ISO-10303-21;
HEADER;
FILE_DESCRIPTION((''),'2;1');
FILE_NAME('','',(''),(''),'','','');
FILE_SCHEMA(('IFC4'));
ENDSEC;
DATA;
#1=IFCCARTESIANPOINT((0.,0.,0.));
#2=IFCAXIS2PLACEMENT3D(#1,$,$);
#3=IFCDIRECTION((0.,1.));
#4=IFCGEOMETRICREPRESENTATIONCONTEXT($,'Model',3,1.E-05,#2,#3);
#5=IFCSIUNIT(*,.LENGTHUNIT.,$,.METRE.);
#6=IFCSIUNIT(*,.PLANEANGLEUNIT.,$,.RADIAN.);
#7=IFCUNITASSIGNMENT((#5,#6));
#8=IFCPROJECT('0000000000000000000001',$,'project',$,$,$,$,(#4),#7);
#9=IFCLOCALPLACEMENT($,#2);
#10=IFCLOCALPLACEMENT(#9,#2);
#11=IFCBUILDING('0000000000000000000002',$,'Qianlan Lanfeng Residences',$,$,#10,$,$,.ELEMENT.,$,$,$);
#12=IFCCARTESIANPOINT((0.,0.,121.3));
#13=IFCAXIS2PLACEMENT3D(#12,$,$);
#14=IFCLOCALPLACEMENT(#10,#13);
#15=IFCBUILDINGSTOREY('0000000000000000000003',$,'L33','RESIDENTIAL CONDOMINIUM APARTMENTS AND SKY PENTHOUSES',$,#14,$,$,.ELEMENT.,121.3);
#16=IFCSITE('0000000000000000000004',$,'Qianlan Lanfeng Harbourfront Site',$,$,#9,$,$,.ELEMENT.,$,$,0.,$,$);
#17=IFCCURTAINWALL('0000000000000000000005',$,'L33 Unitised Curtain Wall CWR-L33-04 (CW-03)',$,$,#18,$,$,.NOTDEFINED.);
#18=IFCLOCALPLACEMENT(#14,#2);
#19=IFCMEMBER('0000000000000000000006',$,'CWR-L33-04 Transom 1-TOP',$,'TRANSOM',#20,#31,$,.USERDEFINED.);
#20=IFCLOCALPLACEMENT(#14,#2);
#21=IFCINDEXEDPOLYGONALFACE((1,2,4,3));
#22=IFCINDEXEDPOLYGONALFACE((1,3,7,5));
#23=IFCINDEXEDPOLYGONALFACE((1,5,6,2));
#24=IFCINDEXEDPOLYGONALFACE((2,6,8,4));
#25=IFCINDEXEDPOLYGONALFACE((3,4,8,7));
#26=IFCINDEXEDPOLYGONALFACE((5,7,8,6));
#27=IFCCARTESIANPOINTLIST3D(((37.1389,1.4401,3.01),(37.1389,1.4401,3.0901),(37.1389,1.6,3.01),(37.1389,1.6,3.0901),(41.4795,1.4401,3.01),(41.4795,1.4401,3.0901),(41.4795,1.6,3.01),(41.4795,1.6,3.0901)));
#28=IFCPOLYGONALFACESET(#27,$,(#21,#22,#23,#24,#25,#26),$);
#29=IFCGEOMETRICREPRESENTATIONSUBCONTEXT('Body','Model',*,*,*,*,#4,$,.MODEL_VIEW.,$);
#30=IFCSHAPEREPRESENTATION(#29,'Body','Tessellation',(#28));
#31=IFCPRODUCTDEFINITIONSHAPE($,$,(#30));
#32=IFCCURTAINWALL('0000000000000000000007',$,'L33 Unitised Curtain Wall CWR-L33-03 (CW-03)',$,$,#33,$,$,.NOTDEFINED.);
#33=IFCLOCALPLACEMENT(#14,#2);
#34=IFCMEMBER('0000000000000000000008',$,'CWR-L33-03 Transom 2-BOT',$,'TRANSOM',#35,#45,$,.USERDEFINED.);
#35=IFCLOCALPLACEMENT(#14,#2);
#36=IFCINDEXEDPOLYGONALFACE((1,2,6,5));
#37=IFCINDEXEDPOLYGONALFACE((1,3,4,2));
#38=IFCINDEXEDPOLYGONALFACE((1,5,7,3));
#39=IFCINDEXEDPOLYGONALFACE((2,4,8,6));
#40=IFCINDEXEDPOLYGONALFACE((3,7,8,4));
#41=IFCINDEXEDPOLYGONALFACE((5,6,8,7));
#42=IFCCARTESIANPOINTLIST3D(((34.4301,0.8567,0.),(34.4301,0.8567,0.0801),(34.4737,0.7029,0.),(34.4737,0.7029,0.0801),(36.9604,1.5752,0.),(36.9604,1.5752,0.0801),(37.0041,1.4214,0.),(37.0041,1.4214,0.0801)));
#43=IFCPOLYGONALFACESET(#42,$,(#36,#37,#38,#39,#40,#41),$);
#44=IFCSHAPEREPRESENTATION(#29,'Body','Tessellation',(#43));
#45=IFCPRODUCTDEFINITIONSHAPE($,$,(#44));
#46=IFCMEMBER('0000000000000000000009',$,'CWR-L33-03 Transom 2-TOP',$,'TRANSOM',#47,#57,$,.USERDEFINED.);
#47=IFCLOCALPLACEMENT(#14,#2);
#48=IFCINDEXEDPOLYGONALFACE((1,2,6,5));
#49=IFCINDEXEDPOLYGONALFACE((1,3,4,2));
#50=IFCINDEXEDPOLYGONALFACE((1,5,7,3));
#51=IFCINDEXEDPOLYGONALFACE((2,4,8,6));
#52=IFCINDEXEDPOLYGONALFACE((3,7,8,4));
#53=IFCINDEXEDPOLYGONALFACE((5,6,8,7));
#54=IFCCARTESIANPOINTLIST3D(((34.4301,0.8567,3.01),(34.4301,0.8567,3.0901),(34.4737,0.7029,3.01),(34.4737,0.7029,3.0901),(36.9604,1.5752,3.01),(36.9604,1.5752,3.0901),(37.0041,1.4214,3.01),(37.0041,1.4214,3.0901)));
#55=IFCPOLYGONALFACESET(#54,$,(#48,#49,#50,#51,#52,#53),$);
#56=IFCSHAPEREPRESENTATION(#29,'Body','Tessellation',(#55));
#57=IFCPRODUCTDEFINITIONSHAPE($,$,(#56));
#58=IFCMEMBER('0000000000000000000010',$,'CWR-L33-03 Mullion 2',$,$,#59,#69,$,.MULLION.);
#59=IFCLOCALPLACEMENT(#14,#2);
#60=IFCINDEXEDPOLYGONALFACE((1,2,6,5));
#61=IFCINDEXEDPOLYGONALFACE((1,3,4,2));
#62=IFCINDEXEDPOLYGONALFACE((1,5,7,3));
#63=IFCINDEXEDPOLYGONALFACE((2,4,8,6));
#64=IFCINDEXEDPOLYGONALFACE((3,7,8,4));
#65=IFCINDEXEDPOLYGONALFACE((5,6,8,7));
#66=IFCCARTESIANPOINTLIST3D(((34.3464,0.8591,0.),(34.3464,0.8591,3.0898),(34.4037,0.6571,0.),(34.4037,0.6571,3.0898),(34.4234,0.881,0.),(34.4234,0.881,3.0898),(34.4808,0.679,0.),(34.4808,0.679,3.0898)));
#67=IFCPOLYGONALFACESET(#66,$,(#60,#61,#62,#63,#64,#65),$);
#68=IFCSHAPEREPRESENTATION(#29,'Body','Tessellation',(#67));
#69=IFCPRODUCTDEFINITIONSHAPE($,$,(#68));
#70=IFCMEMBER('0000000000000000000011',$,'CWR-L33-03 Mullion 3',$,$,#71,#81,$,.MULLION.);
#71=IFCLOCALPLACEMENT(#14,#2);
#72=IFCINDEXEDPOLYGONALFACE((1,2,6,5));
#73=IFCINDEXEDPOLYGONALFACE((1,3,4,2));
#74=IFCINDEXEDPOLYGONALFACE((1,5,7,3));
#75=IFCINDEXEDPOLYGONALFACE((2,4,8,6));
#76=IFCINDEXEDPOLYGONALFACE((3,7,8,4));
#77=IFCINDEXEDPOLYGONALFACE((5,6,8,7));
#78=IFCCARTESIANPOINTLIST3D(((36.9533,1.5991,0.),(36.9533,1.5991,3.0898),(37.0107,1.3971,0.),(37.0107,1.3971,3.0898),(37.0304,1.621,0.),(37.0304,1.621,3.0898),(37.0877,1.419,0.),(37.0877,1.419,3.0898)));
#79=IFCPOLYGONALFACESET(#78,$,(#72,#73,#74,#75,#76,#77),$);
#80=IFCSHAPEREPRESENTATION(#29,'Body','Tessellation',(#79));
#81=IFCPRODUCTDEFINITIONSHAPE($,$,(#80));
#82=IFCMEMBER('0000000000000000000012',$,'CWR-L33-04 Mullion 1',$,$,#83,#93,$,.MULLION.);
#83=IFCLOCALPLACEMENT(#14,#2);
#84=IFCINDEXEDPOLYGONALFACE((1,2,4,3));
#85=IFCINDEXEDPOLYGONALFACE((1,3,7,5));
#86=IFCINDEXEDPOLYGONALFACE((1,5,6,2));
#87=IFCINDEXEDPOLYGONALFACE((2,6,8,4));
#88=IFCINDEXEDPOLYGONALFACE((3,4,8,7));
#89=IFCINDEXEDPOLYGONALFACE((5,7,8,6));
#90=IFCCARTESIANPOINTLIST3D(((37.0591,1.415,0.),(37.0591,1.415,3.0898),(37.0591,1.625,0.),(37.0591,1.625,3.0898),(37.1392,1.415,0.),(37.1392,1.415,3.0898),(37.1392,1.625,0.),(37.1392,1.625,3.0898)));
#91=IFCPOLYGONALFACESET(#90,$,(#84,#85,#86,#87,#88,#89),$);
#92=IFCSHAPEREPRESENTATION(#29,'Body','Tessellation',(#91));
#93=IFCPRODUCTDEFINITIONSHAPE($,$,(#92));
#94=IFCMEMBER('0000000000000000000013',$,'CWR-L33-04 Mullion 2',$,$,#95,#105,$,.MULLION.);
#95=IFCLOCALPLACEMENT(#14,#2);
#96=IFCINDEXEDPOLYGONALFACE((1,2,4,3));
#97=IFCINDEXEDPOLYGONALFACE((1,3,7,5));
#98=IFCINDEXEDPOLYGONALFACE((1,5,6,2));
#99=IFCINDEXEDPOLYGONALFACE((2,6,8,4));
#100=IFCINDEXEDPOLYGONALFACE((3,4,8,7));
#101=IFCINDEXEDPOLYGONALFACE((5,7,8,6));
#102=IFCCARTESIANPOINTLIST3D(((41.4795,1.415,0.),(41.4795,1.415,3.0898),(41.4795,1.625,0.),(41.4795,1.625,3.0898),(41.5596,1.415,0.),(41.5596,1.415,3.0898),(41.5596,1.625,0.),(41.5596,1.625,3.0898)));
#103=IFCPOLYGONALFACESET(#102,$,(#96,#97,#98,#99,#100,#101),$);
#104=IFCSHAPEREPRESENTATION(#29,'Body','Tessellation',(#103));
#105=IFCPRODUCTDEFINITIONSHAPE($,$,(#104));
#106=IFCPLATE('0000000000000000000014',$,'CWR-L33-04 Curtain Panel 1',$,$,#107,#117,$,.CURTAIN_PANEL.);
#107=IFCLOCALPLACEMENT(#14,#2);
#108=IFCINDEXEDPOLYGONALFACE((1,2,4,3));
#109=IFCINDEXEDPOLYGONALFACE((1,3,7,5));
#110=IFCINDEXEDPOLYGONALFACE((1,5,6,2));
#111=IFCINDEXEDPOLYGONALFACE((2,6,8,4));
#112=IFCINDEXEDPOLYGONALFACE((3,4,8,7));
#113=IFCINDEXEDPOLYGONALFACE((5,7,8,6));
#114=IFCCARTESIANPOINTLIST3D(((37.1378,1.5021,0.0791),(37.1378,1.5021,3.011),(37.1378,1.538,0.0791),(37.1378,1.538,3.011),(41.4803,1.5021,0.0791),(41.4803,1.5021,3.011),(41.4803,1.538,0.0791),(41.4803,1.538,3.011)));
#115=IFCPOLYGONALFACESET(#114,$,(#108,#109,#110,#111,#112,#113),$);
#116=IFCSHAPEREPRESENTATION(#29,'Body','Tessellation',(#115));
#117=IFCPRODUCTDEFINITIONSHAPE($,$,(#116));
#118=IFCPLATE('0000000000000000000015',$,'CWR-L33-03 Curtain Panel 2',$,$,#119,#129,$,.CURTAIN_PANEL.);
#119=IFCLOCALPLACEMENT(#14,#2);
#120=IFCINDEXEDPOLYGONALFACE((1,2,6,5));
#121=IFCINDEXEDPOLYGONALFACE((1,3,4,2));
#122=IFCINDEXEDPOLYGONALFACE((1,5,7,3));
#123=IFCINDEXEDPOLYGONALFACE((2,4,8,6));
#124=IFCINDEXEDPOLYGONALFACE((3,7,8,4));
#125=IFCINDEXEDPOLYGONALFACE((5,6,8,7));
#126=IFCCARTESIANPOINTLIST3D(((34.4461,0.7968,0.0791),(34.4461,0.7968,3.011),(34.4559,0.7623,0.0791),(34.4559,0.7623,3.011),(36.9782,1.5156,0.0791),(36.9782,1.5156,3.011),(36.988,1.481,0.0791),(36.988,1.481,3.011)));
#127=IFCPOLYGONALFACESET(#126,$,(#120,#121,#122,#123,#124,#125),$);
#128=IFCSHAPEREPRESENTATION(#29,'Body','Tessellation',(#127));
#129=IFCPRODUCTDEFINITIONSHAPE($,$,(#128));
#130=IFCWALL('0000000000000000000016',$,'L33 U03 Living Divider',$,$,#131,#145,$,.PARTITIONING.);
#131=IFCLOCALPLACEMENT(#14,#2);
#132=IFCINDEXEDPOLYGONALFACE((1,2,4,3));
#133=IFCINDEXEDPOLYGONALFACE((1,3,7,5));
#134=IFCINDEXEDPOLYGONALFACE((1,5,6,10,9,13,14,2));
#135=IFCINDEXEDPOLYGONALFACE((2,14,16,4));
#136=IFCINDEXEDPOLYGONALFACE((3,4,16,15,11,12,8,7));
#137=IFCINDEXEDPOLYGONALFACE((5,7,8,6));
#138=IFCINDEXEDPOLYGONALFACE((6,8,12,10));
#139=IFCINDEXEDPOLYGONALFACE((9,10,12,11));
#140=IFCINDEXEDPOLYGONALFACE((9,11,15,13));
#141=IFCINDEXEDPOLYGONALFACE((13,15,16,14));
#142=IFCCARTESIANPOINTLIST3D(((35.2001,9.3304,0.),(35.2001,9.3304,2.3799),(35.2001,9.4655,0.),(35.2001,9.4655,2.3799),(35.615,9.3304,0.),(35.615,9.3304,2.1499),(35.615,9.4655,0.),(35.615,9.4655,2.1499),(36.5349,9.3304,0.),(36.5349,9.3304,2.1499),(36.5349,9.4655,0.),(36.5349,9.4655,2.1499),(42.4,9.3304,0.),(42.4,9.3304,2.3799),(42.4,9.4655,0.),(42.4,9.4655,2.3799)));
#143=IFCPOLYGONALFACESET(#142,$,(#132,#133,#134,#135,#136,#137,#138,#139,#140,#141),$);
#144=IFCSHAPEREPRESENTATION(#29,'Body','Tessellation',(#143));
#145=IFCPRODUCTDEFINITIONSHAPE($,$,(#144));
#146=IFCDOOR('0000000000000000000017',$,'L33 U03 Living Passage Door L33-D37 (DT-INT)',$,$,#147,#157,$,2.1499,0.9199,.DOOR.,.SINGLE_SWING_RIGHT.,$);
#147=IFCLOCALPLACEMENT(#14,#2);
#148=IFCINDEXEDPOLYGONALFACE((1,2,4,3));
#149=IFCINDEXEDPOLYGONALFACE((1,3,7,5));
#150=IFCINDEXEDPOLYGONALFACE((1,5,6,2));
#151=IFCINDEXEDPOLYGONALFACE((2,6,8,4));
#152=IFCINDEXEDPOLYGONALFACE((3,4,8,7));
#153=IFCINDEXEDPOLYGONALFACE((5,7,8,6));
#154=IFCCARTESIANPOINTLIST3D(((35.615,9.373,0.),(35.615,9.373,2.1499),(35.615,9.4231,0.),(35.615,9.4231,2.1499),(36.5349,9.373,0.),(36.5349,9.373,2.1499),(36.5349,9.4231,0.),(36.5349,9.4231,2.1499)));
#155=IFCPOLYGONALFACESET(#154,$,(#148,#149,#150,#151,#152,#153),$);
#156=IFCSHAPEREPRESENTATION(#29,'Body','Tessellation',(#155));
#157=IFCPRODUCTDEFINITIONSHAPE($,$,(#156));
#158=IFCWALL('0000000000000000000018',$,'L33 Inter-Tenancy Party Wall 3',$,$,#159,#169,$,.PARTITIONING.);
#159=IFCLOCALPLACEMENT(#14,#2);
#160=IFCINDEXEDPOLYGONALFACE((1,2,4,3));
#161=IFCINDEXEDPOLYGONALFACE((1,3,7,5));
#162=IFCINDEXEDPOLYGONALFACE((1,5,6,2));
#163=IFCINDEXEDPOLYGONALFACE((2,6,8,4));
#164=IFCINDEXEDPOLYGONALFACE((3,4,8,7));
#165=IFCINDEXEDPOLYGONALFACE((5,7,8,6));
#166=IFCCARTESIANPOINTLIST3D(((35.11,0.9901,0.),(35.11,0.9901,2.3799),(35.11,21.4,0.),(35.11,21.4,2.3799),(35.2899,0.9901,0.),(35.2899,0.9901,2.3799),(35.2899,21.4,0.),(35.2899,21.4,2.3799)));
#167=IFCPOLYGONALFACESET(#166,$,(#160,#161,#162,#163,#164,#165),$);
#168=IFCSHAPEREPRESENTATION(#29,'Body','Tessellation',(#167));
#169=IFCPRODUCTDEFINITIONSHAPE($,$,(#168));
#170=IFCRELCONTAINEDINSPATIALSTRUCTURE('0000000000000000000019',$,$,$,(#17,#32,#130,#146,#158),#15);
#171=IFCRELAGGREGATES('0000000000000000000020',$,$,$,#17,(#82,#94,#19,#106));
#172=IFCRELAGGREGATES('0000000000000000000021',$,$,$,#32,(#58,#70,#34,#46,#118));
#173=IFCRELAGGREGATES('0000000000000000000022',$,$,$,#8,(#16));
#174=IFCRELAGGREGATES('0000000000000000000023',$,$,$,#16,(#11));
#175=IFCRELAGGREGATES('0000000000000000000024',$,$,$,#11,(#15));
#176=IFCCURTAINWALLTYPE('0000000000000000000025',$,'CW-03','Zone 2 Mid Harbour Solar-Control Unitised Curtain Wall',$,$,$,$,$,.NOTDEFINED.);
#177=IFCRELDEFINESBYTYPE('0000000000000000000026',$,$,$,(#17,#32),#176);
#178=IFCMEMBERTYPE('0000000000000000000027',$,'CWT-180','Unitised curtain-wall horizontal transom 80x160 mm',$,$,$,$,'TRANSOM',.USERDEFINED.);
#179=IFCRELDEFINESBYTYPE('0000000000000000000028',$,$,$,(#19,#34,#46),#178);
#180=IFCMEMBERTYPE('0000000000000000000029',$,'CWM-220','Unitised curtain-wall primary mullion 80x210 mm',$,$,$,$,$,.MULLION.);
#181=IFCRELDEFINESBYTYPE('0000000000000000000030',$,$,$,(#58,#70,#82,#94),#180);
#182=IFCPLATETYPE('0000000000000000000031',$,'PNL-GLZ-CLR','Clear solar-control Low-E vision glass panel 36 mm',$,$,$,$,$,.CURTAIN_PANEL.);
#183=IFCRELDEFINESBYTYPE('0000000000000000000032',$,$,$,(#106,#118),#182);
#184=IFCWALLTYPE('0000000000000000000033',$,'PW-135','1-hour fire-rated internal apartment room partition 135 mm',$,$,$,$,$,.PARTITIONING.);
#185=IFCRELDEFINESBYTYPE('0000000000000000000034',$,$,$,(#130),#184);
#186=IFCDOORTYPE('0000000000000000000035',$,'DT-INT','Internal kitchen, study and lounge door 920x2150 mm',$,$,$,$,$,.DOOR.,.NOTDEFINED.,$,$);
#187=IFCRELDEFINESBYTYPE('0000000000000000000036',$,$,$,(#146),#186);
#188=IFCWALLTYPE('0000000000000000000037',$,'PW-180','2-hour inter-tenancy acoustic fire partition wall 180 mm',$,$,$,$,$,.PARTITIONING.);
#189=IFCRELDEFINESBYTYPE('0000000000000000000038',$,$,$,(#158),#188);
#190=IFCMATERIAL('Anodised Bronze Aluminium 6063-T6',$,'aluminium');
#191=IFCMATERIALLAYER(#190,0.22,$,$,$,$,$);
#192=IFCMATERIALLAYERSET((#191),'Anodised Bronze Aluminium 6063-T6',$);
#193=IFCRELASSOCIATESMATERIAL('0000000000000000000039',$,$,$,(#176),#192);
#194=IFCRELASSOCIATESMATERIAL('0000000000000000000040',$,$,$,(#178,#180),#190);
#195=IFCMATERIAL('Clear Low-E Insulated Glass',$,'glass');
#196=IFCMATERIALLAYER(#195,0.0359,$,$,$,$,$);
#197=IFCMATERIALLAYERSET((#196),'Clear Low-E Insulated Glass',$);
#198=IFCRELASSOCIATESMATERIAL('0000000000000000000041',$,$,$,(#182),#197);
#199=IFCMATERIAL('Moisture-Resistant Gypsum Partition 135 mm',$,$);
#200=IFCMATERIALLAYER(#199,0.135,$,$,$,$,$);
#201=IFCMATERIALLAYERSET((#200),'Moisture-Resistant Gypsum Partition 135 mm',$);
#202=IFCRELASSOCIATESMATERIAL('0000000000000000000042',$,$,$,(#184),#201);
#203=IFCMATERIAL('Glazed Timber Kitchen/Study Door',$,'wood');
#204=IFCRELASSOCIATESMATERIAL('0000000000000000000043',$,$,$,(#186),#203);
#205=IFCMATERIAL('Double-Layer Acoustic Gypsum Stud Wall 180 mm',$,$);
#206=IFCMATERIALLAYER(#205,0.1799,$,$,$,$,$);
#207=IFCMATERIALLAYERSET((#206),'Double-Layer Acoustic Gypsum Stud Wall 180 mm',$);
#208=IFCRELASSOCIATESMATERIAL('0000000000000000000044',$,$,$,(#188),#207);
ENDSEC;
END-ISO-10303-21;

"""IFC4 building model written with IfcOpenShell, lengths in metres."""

from ifc_helpers import new_model, si_unit, direction, frame, frame_2d, origin, origin_2d, place, context, subcontext, project, spatial, rectangle, extrude, source, transform, mapped, material, layer, layer_set, material_profile, profile_set, type_object, element, fill, aggregate, save


model = new_model("IFC4")

# Units and contexts
model_context = context("Model", 3, precision=1e-05, world=origin(), true_north=direction((0.0, 1.0)))
body_context = subcontext(model_context, "Body", "Model", "MODEL_VIEW")
ifc_project = project(units=[si_unit("LENGTHUNIT", "METRE"), si_unit("PLANEANGLEUNIT", "RADIAN")], contexts=[model_context])

# Site, building, storey
site_placement = place(None, origin())
site = spatial("IfcSite", under=ifc_project, at=site_placement, Name="Qianlan Lanfeng Harbourfront Site", CompositionType="ELEMENT", RefElevation=0.0)
building_placement = place(site_placement, origin())
building = spatial("IfcBuilding", under=site, at=building_placement, Name="Qianlan Lanfeng Residences", CompositionType="ELEMENT")
storey_placement = place(building_placement, frame((0.0, 0.0, 121.3)))
storey = spatial("IfcBuildingStorey", under=building, at=storey_placement, Name="L33", Description="RESIDENTIAL CONDOMINIUM APARTMENTS AND SKY PENTHOUSES", CompositionType="ELEMENT", Elevation=121.3)

# Curtain walls, members
ifc_material_1 = material(Name="Anodised Bronze Aluminium 6063-T6", Category="aluminium")
ifc_layer_1 = layer(ifc_material_1, 0.22)
ifc_layer_set_1 = layer_set([ifc_layer_1], Name="Anodised Bronze Aluminium 6063-T6")
curtain_wall_type = type_object("IfcCurtainWallType", Name="CW-03", Description="Zone 2 Mid Harbour Solar-Control Unitised Curtain Wall", PredefinedType="NOTDEFINED", material=ifc_layer_set_1)
curtain_wall_1_placement = place(storey_placement, origin())
curtain_wall_1 = element("IfcCurtainWall", 1, at=curtain_wall_1_placement, inside=storey, type_object=curtain_wall_type, Name="L33 Unitised Curtain Wall CWR-L33-04 (CW-03)", PredefinedType="NOTDEFINED")
ifc_material_profile_1 = material_profile(ifc_material_1, rectangle(XDim=0.0801, YDim=0.1599, at=origin_2d()), Name="ALU TRANSOM 80x160")
ifc_profile_set_1 = profile_set([ifc_material_profile_1], Name="Anodised Bronze Aluminium 6063-T6")
member_type_1 = type_object("IfcMemberType", Name="CWT-180", Description="Unitised curtain-wall horizontal transom 80x160 mm", ElementType="TRANSOM", PredefinedType="USERDEFINED", material=ifc_profile_set_1)
shared_shape_1 = source(origin(), body_context, "Body", "SweptSolid", [
    extrude(rectangle(XDim=0.0801, YDim=0.1599, at=origin_2d()), origin(), (0.0, 0.0, 1.0), 4.3406),
])
member_1_placement = place(storey_placement, frame((37.1389, 1.52, 3.05), z_axis=(1.0, 0.0, 0.0), x_axis=(0.0, 0.0, 1.0)))
member_1 = element("IfcMember", 2, at=member_1_placement, type_object=member_type_1, Name="CWR-L33-04 Transom 1-TOP", ObjectType="TRANSOM", PredefinedType="USERDEFINED", context=body_context, shape_type="MappedRepresentation", body=[
    mapped(shared_shape_1, transform((0.0, 0.0, 0.0), scale=1.0)),
])
curtain_wall_2_placement = place(storey_placement, origin())
curtain_wall_2 = element("IfcCurtainWall", 3, at=curtain_wall_2_placement, inside=storey, type_object=curtain_wall_type, Name="L33 Unitised Curtain Wall CWR-L33-03 (CW-03)", PredefinedType="NOTDEFINED")
shared_shape_2 = source(origin(), body_context, "Body", "SweptSolid", [
    extrude(rectangle(XDim=0.0801, YDim=0.1599, at=origin_2d()), origin(), (0.0, 0.0, 1.0), 2.6304),
])
member_2_placement = place(storey_placement, frame((34.4519, 0.7798, 0.04), z_axis=(0.961968, 0.273164, 0.0), x_axis=(0.0, 0.0, 1.0)))
member_2 = element("IfcMember", 4, at=member_2_placement, type_object=member_type_1, Name="CWR-L33-03 Transom 2-BOT", ObjectType="TRANSOM", PredefinedType="USERDEFINED", context=body_context, shape_type="MappedRepresentation", body=[
    mapped(shared_shape_2, transform((0.0, 0.0, 0.0), scale=1.0)),
])
member_3_placement = place(storey_placement, frame((34.4519, 0.7798, 3.05), z_axis=(0.961968, 0.273164, 0.0), x_axis=(0.0, 0.0, 1.0)))
member_3 = element("IfcMember", 5, at=member_3_placement, type_object=member_type_1, Name="CWR-L33-03 Transom 2-TOP", ObjectType="TRANSOM", PredefinedType="USERDEFINED", context=body_context, shape_type="MappedRepresentation", body=[
    mapped(shared_shape_2, transform((0.0, 0.0, 0.0), scale=1.0)),
])
ifc_material_profile_2 = material_profile(ifc_material_1, rectangle(XDim=0.0801, YDim=0.21, at=origin_2d()), Name="ALU MULLION 80x210")
ifc_profile_set_2 = profile_set([ifc_material_profile_2], Name="Anodised Bronze Aluminium 6063-T6")
member_type_2 = type_object("IfcMemberType", Name="CWM-220", Description="Unitised curtain-wall primary mullion 80x210 mm", PredefinedType="MULLION", material=ifc_profile_set_2)
shared_shape_3 = source(origin(), body_context, "Body", "SweptSolid", [
    extrude(rectangle(XDim=0.0801, YDim=0.21, at=origin_2d()), origin(), (0.0, 0.0, 1.0), 3.0898),
])
member_4_placement = place(storey_placement, frame((34.4136, 0.769, 0.0), z_axis=(0.0, 0.0, 1.0), x_axis=(0.961989, 0.273088, 0.0)))
member_4 = element("IfcMember", 6, at=member_4_placement, type_object=member_type_2, Name="CWR-L33-03 Mullion 2", PredefinedType="MULLION", context=body_context, shape_type="MappedRepresentation", body=[
    mapped(shared_shape_3, transform((0.0, 0.0, 0.0), scale=1.0)),
])
member_5_placement = place(storey_placement, frame((37.0205, 1.509, 0.0), z_axis=(0.0, 0.0, 1.0), x_axis=(0.961989, 0.273088, 0.0)))
member_5 = element("IfcMember", 7, at=member_5_placement, type_object=member_type_2, Name="CWR-L33-03 Mullion 3", PredefinedType="MULLION", context=body_context, shape_type="MappedRepresentation", body=[
    mapped(shared_shape_3, transform((0.0, 0.0, 0.0), scale=1.0)),
])

# Members
member_6_placement = place(storey_placement, frame((37.0991, 1.52, 0.0), z_axis=(0.0, 0.0, 1.0), x_axis=(1.0, 0.0, 0.0)))
member_6 = element("IfcMember", 8, at=member_6_placement, type_object=member_type_2, Name="CWR-L33-04 Mullion 1", PredefinedType="MULLION", context=body_context, shape_type="MappedRepresentation", body=[
    mapped(shared_shape_3, transform((0.0, 0.0, 0.0), scale=1.0)),
])
member_7_placement = place(storey_placement, frame((41.5195, 1.52, 0.0), z_axis=(0.0, 0.0, 1.0), x_axis=(1.0, 0.0, 0.0)))
member_7 = element("IfcMember", 9, at=member_7_placement, type_object=member_type_2, Name="CWR-L33-04 Mullion 2", PredefinedType="MULLION", context=body_context, shape_type="MappedRepresentation", body=[
    mapped(shared_shape_3, transform((0.0, 0.0, 0.0), scale=1.0)),
])

# Plates
ifc_material_2 = material(Name="Clear Low-E Insulated Glass", Category="glass")
ifc_layer_2 = layer(ifc_material_2, 0.0359)
ifc_layer_set_2 = layer_set([ifc_layer_2], Name="Clear Low-E Insulated Glass")
plate_type = type_object("IfcPlateType", Name="PNL-GLZ-CLR", Description="Clear solar-control Low-E vision glass panel 36 mm", PredefinedType="CURTAIN_PANEL", material=ifc_layer_set_2)
shared_shape_4 = source(origin(), body_context, "Body", "SweptSolid", [
    extrude(rectangle(XDim=4.3425, YDim=0.0359, at=origin_2d()), origin(), (0.0, 0.0, 1.0), 2.9319),
])
plate_1_placement = place(storey_placement, frame((39.3091, 1.52, 0.0791), z_axis=(0.0, 0.0, 1.0), x_axis=(1.0, 0.0, 0.0)))
plate_1 = element("IfcPlate", 10, at=plate_1_placement, type_object=plate_type, Name="CWR-L33-04 Curtain Panel 1", PredefinedType="CURTAIN_PANEL", context=body_context, shape_type="MappedRepresentation", body=[
    mapped(shared_shape_4, transform((0.0, 0.0, 0.0), scale=1.0)),
])
aggregate(curtain_wall_1, [member_6, member_7, member_1, plate_1])
shared_shape_5 = source(origin(), body_context, "Body", "SweptSolid", [
    extrude(rectangle(XDim=2.6321, YDim=0.0359, at=origin_2d()), origin(), (0.0, 0.0, 1.0), 2.9319),
])
plate_2_placement = place(storey_placement, frame((35.717, 1.1389, 0.0791), z_axis=(0.0, 0.0, 1.0), x_axis=(0.961989, 0.273088, 0.0)))
plate_2 = element("IfcPlate", 11, at=plate_2_placement, type_object=plate_type, Name="CWR-L33-03 Curtain Panel 2", PredefinedType="CURTAIN_PANEL", context=body_context, shape_type="MappedRepresentation", body=[
    mapped(shared_shape_5, transform((0.0, 0.0, 0.0), scale=1.0)),
])
aggregate(curtain_wall_2, [member_4, member_5, member_2, member_3, plate_2])

# Wall, opening, door
ifc_material_3 = material(Name="Moisture-Resistant Gypsum Partition 135 mm")
ifc_layer_3 = layer(ifc_material_3, 0.135)
ifc_layer_set_3 = layer_set([ifc_layer_3], Name="Moisture-Resistant Gypsum Partition 135 mm")
wall_type_1 = type_object("IfcWallType", Name="PW-135", Description="1-hour fire-rated internal apartment room partition 135 mm", PredefinedType="PARTITIONING", material=ifc_layer_set_3)
wall_1_placement = place(storey_placement, frame((35.2, 9.3979, 0.0), z_axis=(0.0, 0.0, 1.0), x_axis=(1.0, 0.0, 0.0)))
wall_1 = element("IfcWall", 12, at=wall_1_placement, inside=storey, type_object=wall_type_1, Name="L33 U03 Living Divider", PredefinedType="PARTITIONING", context=body_context, shape_type="SweptSolid", body=[
    extrude(rectangle(XDim=7.2, YDim=0.135, at=frame_2d((3.6001, 0.0))), origin(), (0.0, 0.0, 1.0), 2.3799),
])
opening_1_placement = place(wall_1_placement, frame((0.415, 0.0, 0.0)))
opening_1 = element("IfcOpeningElement", 13, at=opening_1_placement, cuts=wall_1, PredefinedType="OPENING", context=body_context, shape_type="SweptSolid", body=[
    extrude(rectangle(XDim=0.9199, YDim=2.1499, at=frame_2d((0.46, 1.075))), frame((0.0, 0.0776, 0.0), z_axis=(0.0, -1.0, 0.0), x_axis=(1.0, 0.0, 0.0)), (0.0, 0.0, 1.0), 0.155),
])
ifc_material_4 = material(Name="Glazed Timber Kitchen/Study Door", Category="wood")
door_type_1 = type_object("IfcDoorType", Name="DT-INT", Description="Internal kitchen, study and lounge door 920x2150 mm", OperationType="NOTDEFINED", PredefinedType="DOOR", material=ifc_material_4)
door_1_placement = place(opening_1_placement, frame((0.9199, 0.0, 0.0), z_axis=(0.0, 0.0, 1.0), x_axis=(-1.0, 0.0, 0.0)))
door_1 = element("IfcDoor", 14, at=door_1_placement, inside=storey, type_object=door_type_1, Name="L33 U03 Living Passage Door L33-D37 (DT-INT)", OperationType="SINGLE_SWING_RIGHT", OverallHeight=2.1499, OverallWidth=0.9199, PredefinedType="DOOR", context=body_context, shape_type="SweptSolid", body=[
    extrude(rectangle(XDim=0.9199, YDim=2.1499, at=frame_2d((0.46, 1.075))), frame((0.0, 0.0249, 0.0), z_axis=(0.0, -1.0, 0.0), x_axis=(1.0, 0.0, 0.0)), (0.0, 0.0, 1.0), 0.05),
])
fill(opening_1, door_1)

# Wall
ifc_material_5 = material(Name="Double-Layer Acoustic Gypsum Stud Wall 180 mm")
ifc_layer_4 = layer(ifc_material_5, 0.1799)
ifc_layer_set_4 = layer_set([ifc_layer_4], Name="Double-Layer Acoustic Gypsum Stud Wall 180 mm")
wall_type_2 = type_object("IfcWallType", Name="PW-180", Description="2-hour inter-tenancy acoustic fire partition wall 180 mm", PredefinedType="PARTITIONING", material=ifc_layer_set_4)
wall_2_placement = place(storey_placement, frame((35.2, 0.99, 0.0), z_axis=(0.0, 0.0, 1.0), x_axis=(0.0, 1.0, 0.0)))
element("IfcWall", 15, at=wall_2_placement, inside=storey, type_object=wall_type_2, Name="L33 Inter-Tenancy Party Wall 3", PredefinedType="PARTITIONING", context=body_context, shape_type="SweptSolid", body=[
    extrude(rectangle(XDim=20.4099, YDim=0.1799, at=frame_2d((10.2051, 0.0))), origin(), (0.0, 0.0, 1.0), 2.3799),
])

save(model, "model.ifc")
